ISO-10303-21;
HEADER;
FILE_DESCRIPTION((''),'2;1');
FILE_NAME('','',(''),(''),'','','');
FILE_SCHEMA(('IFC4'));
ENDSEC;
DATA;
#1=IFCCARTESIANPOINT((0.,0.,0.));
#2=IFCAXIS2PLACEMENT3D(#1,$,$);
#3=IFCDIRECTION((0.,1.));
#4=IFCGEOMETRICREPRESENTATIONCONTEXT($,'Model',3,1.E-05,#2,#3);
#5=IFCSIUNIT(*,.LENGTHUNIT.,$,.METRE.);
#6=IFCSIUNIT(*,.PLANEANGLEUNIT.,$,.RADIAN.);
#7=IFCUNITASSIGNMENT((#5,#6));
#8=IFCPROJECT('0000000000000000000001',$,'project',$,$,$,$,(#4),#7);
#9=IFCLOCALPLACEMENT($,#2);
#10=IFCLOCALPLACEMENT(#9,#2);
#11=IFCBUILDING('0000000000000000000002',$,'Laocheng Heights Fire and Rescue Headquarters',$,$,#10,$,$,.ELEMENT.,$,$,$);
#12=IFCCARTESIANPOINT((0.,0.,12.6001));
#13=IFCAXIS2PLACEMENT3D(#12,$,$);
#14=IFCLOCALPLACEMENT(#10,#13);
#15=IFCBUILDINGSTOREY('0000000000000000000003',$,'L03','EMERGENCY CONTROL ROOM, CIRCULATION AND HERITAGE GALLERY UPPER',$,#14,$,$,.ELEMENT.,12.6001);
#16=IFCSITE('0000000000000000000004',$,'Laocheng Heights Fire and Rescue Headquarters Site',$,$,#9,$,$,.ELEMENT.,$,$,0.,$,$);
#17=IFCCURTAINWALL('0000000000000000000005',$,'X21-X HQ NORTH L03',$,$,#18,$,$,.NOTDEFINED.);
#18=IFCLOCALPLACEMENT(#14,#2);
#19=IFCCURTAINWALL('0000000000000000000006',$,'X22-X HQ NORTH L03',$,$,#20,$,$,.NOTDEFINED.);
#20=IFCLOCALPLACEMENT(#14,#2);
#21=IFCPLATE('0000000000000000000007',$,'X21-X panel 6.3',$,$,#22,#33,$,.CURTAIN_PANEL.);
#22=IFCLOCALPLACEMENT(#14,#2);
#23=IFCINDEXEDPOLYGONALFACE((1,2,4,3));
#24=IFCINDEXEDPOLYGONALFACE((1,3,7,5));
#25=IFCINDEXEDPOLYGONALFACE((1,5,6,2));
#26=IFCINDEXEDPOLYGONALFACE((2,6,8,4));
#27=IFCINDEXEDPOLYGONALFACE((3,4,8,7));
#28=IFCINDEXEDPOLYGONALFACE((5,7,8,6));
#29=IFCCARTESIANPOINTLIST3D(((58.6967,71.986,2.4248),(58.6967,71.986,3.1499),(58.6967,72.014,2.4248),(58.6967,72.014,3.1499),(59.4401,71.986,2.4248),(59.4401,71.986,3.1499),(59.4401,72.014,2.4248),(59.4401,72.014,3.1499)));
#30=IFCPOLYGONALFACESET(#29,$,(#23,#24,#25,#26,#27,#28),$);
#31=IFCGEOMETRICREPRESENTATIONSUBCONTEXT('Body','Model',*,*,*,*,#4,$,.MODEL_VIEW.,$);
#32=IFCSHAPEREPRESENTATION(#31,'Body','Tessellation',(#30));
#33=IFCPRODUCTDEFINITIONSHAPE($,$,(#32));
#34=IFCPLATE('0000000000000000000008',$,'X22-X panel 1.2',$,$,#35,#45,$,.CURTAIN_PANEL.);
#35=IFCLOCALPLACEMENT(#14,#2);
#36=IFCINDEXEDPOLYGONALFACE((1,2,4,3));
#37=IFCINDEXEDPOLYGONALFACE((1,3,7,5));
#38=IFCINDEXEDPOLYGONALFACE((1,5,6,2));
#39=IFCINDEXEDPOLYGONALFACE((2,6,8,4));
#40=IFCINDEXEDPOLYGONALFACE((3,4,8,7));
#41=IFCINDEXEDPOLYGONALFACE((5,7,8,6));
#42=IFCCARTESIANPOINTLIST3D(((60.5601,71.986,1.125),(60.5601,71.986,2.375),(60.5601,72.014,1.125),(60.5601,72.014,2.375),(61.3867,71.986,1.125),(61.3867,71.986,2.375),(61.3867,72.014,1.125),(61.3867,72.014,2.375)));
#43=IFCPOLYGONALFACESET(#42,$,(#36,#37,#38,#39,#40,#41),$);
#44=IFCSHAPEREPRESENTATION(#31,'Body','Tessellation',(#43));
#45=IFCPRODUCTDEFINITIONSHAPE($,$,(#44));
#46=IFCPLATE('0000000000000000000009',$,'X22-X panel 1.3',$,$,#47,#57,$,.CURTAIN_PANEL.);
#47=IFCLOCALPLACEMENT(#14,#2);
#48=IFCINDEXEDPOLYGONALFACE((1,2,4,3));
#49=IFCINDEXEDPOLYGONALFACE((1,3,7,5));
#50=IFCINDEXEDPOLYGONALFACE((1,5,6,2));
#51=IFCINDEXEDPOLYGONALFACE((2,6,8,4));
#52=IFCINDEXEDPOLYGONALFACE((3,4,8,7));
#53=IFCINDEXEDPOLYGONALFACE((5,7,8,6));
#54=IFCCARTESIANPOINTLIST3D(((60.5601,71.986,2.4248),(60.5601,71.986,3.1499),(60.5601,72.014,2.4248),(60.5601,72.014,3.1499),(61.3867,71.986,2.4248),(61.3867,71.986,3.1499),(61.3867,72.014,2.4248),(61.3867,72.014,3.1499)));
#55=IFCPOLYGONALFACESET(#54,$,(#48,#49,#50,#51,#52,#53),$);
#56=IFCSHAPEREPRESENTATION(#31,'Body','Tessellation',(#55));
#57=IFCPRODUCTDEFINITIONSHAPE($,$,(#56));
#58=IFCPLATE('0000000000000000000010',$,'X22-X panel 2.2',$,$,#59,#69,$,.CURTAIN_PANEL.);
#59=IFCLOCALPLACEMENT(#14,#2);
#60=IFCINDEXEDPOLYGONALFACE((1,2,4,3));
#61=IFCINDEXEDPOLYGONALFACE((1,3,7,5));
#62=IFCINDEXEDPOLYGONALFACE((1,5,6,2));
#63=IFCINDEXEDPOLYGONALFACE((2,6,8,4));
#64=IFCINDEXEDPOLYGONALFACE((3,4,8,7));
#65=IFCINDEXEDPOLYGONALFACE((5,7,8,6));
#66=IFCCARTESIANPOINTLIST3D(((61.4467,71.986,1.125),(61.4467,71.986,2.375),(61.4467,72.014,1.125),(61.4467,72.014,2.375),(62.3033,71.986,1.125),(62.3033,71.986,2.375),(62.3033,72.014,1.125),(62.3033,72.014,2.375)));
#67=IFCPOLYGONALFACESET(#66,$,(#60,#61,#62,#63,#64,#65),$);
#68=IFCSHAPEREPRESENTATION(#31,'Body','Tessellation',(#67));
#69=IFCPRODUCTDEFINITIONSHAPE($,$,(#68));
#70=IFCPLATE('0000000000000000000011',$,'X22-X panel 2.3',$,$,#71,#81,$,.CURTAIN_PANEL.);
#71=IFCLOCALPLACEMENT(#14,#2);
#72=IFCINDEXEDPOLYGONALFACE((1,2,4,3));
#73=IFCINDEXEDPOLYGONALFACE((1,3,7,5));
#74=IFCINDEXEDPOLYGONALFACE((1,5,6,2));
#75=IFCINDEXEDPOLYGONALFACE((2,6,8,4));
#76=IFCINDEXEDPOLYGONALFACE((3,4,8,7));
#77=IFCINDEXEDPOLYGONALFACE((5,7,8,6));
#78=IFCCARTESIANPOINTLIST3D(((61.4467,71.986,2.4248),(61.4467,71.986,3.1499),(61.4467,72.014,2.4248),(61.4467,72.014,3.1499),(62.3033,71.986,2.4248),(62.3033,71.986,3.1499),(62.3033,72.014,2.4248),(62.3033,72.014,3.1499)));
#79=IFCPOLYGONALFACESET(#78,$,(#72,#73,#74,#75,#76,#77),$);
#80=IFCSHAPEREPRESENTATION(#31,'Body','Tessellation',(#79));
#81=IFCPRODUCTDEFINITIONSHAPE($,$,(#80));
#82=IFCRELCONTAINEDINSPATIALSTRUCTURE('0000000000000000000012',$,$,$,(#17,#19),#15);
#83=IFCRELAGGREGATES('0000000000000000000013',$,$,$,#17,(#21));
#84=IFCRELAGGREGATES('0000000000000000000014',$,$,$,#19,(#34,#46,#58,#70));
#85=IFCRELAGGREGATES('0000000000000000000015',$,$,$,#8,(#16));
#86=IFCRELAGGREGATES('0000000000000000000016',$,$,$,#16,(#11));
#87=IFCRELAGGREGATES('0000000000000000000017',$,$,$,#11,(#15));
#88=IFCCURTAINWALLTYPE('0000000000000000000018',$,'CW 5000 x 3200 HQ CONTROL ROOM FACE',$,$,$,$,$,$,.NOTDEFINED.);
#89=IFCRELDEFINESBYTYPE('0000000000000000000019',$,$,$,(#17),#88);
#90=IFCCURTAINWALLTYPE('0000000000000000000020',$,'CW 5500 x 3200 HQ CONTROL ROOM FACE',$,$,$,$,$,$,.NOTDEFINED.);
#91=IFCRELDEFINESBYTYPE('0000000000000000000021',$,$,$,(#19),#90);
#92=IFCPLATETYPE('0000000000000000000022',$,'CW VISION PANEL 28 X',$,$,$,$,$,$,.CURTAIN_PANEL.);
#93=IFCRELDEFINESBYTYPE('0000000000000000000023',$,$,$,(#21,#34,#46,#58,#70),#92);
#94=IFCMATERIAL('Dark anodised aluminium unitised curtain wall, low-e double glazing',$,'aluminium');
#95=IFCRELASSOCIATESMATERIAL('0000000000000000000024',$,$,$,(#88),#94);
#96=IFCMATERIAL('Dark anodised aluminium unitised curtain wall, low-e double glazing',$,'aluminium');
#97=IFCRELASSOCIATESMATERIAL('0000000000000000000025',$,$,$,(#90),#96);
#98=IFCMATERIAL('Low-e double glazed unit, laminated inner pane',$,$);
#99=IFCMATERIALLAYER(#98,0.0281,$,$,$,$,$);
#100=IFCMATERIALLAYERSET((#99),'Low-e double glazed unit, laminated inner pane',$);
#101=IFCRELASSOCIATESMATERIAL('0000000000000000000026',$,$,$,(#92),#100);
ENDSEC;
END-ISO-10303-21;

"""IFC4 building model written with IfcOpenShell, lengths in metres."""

from ifc_helpers import new_model, si_unit, direction, frame, origin, origin_2d, place, context, subcontext, project, spatial, rectangle, extrude, material, layer, layer_set, type_object, element, aggregate, save


model = new_model("IFC4")

# Units and contexts
model_context = context("Model", 3, precision=1e-05, world=origin(), true_north=direction((0.0, 1.0)))
body_context = subcontext(model_context, "Body", "Model", "MODEL_VIEW")
ifc_project = project(units=[si_unit("LENGTHUNIT", "METRE"), si_unit("PLANEANGLEUNIT", "RADIAN")], contexts=[model_context])

# Site, building, storey
site_placement = place(None, origin())
site = spatial("IfcSite", under=ifc_project, at=site_placement, Name="Laocheng Heights Fire and Rescue Headquarters Site", CompositionType="ELEMENT", RefElevation=0.0)
building_placement = place(site_placement, origin())
building = spatial("IfcBuilding", under=site, at=building_placement, Name="Laocheng Heights Fire and Rescue Headquarters", CompositionType="ELEMENT")
storey_placement = place(building_placement, frame((0.0, 0.0, 12.6001)))
storey = spatial("IfcBuildingStorey", under=building, at=storey_placement, Name="L03", Description="EMERGENCY CONTROL ROOM, CIRCULATION AND HERITAGE GALLERY UPPER", CompositionType="ELEMENT", Elevation=12.6001)

# Curtain wall
ifc_material_1 = material(Name="Dark anodised aluminium unitised curtain wall, low-e double glazing", Category="aluminium")
curtain_wall_type_1 = type_object("IfcCurtainWallType", Name="CW 5000 x 3200 HQ CONTROL ROOM FACE", PredefinedType="NOTDEFINED", material=ifc_material_1)
curtain_wall_1_placement = place(storey_placement, origin())
curtain_wall_1 = element("IfcCurtainWall", 1, at=curtain_wall_1_placement, inside=storey, type_object=curtain_wall_type_1, Name="X21-X HQ NORTH L03", PredefinedType="NOTDEFINED")

# Curtain wall
ifc_material_2 = material(Name="Dark anodised aluminium unitised curtain wall, low-e double glazing", Category="aluminium")
curtain_wall_type_2 = type_object("IfcCurtainWallType", Name="CW 5500 x 3200 HQ CONTROL ROOM FACE", PredefinedType="NOTDEFINED", material=ifc_material_2)
curtain_wall_2_placement = place(storey_placement, origin())
curtain_wall_2 = element("IfcCurtainWall", 2, at=curtain_wall_2_placement, inside=storey, type_object=curtain_wall_type_2, Name="X22-X HQ NORTH L03", PredefinedType="NOTDEFINED")

# Plates
ifc_material_3 = material(Name="Low-e double glazed unit, laminated inner pane")
ifc_layer_1 = layer(ifc_material_3, 0.0281)
ifc_layer_set_1 = layer_set([ifc_layer_1], Name="Low-e double glazed unit, laminated inner pane")
plate_type_1 = type_object("IfcPlateType", Name="CW VISION PANEL 28 X", PredefinedType="CURTAIN_PANEL", material=ifc_layer_set_1)
plate_1_placement = place(storey_placement, frame((59.0684, 72.0, 2.4248), z_axis=(0.0, 0.0, 1.0), x_axis=(1.0, 0.0, 0.0)))
plate_1 = element("IfcPlate", 3, at=plate_1_placement, type_object=plate_type_1, Name="X21-X panel 6.3", PredefinedType="CURTAIN_PANEL", context=body_context, shape_type="SweptSolid", body=[
    extrude(rectangle(XDim=0.7434, YDim=0.0281, at=origin_2d()), origin(), (0.0, 0.0, 1.0), 0.7251),
])
aggregate(curtain_wall_1, [plate_1])
plate_2_placement = place(storey_placement, frame((60.9734, 72.0, 1.125), z_axis=(0.0, 0.0, 1.0), x_axis=(1.0, 0.0, 0.0)))
plate_2 = element("IfcPlate", 4, at=plate_2_placement, type_object=plate_type_1, Name="X22-X panel 1.2", PredefinedType="CURTAIN_PANEL", context=body_context, shape_type="SweptSolid", body=[
    extrude(rectangle(XDim=0.8267, YDim=0.0281, at=origin_2d()), origin(), (0.0, 0.0, 1.0), 1.25),
])
plate_3_placement = place(storey_placement, frame((60.9734, 72.0, 2.4248), z_axis=(0.0, 0.0, 1.0), x_axis=(1.0, 0.0, 0.0)))
plate_3 = element("IfcPlate", 5, at=plate_3_placement, type_object=plate_type_1, Name="X22-X panel 1.3", PredefinedType="CURTAIN_PANEL", context=body_context, shape_type="SweptSolid", body=[
    extrude(rectangle(XDim=0.8267, YDim=0.0281, at=origin_2d()), origin(), (0.0, 0.0, 1.0), 0.7251),
])
plate_4_placement = place(storey_placement, frame((61.875, 72.0, 1.125), z_axis=(0.0, 0.0, 1.0), x_axis=(1.0, 0.0, 0.0)))
plate_4 = element("IfcPlate", 6, at=plate_4_placement, type_object=plate_type_1, Name="X22-X panel 2.2", PredefinedType="CURTAIN_PANEL", context=body_context, shape_type="SweptSolid", body=[
    extrude(rectangle(XDim=0.8567, YDim=0.0281, at=origin_2d()), origin(), (0.0, 0.0, 1.0), 1.25),
])
plate_5_placement = place(storey_placement, frame((61.875, 72.0, 2.4248), z_axis=(0.0, 0.0, 1.0), x_axis=(1.0, 0.0, 0.0)))
plate_5 = element("IfcPlate", 7, at=plate_5_placement, type_object=plate_type_1, Name="X22-X panel 2.3", PredefinedType="CURTAIN_PANEL", context=body_context, shape_type="SweptSolid", body=[
    extrude(rectangle(XDim=0.8567, YDim=0.0281, at=origin_2d()), origin(), (0.0, 0.0, 1.0), 0.7251),
])
aggregate(curtain_wall_2, [plate_2, plate_3, plate_4, plate_5])

save(model, "model.ifc")
